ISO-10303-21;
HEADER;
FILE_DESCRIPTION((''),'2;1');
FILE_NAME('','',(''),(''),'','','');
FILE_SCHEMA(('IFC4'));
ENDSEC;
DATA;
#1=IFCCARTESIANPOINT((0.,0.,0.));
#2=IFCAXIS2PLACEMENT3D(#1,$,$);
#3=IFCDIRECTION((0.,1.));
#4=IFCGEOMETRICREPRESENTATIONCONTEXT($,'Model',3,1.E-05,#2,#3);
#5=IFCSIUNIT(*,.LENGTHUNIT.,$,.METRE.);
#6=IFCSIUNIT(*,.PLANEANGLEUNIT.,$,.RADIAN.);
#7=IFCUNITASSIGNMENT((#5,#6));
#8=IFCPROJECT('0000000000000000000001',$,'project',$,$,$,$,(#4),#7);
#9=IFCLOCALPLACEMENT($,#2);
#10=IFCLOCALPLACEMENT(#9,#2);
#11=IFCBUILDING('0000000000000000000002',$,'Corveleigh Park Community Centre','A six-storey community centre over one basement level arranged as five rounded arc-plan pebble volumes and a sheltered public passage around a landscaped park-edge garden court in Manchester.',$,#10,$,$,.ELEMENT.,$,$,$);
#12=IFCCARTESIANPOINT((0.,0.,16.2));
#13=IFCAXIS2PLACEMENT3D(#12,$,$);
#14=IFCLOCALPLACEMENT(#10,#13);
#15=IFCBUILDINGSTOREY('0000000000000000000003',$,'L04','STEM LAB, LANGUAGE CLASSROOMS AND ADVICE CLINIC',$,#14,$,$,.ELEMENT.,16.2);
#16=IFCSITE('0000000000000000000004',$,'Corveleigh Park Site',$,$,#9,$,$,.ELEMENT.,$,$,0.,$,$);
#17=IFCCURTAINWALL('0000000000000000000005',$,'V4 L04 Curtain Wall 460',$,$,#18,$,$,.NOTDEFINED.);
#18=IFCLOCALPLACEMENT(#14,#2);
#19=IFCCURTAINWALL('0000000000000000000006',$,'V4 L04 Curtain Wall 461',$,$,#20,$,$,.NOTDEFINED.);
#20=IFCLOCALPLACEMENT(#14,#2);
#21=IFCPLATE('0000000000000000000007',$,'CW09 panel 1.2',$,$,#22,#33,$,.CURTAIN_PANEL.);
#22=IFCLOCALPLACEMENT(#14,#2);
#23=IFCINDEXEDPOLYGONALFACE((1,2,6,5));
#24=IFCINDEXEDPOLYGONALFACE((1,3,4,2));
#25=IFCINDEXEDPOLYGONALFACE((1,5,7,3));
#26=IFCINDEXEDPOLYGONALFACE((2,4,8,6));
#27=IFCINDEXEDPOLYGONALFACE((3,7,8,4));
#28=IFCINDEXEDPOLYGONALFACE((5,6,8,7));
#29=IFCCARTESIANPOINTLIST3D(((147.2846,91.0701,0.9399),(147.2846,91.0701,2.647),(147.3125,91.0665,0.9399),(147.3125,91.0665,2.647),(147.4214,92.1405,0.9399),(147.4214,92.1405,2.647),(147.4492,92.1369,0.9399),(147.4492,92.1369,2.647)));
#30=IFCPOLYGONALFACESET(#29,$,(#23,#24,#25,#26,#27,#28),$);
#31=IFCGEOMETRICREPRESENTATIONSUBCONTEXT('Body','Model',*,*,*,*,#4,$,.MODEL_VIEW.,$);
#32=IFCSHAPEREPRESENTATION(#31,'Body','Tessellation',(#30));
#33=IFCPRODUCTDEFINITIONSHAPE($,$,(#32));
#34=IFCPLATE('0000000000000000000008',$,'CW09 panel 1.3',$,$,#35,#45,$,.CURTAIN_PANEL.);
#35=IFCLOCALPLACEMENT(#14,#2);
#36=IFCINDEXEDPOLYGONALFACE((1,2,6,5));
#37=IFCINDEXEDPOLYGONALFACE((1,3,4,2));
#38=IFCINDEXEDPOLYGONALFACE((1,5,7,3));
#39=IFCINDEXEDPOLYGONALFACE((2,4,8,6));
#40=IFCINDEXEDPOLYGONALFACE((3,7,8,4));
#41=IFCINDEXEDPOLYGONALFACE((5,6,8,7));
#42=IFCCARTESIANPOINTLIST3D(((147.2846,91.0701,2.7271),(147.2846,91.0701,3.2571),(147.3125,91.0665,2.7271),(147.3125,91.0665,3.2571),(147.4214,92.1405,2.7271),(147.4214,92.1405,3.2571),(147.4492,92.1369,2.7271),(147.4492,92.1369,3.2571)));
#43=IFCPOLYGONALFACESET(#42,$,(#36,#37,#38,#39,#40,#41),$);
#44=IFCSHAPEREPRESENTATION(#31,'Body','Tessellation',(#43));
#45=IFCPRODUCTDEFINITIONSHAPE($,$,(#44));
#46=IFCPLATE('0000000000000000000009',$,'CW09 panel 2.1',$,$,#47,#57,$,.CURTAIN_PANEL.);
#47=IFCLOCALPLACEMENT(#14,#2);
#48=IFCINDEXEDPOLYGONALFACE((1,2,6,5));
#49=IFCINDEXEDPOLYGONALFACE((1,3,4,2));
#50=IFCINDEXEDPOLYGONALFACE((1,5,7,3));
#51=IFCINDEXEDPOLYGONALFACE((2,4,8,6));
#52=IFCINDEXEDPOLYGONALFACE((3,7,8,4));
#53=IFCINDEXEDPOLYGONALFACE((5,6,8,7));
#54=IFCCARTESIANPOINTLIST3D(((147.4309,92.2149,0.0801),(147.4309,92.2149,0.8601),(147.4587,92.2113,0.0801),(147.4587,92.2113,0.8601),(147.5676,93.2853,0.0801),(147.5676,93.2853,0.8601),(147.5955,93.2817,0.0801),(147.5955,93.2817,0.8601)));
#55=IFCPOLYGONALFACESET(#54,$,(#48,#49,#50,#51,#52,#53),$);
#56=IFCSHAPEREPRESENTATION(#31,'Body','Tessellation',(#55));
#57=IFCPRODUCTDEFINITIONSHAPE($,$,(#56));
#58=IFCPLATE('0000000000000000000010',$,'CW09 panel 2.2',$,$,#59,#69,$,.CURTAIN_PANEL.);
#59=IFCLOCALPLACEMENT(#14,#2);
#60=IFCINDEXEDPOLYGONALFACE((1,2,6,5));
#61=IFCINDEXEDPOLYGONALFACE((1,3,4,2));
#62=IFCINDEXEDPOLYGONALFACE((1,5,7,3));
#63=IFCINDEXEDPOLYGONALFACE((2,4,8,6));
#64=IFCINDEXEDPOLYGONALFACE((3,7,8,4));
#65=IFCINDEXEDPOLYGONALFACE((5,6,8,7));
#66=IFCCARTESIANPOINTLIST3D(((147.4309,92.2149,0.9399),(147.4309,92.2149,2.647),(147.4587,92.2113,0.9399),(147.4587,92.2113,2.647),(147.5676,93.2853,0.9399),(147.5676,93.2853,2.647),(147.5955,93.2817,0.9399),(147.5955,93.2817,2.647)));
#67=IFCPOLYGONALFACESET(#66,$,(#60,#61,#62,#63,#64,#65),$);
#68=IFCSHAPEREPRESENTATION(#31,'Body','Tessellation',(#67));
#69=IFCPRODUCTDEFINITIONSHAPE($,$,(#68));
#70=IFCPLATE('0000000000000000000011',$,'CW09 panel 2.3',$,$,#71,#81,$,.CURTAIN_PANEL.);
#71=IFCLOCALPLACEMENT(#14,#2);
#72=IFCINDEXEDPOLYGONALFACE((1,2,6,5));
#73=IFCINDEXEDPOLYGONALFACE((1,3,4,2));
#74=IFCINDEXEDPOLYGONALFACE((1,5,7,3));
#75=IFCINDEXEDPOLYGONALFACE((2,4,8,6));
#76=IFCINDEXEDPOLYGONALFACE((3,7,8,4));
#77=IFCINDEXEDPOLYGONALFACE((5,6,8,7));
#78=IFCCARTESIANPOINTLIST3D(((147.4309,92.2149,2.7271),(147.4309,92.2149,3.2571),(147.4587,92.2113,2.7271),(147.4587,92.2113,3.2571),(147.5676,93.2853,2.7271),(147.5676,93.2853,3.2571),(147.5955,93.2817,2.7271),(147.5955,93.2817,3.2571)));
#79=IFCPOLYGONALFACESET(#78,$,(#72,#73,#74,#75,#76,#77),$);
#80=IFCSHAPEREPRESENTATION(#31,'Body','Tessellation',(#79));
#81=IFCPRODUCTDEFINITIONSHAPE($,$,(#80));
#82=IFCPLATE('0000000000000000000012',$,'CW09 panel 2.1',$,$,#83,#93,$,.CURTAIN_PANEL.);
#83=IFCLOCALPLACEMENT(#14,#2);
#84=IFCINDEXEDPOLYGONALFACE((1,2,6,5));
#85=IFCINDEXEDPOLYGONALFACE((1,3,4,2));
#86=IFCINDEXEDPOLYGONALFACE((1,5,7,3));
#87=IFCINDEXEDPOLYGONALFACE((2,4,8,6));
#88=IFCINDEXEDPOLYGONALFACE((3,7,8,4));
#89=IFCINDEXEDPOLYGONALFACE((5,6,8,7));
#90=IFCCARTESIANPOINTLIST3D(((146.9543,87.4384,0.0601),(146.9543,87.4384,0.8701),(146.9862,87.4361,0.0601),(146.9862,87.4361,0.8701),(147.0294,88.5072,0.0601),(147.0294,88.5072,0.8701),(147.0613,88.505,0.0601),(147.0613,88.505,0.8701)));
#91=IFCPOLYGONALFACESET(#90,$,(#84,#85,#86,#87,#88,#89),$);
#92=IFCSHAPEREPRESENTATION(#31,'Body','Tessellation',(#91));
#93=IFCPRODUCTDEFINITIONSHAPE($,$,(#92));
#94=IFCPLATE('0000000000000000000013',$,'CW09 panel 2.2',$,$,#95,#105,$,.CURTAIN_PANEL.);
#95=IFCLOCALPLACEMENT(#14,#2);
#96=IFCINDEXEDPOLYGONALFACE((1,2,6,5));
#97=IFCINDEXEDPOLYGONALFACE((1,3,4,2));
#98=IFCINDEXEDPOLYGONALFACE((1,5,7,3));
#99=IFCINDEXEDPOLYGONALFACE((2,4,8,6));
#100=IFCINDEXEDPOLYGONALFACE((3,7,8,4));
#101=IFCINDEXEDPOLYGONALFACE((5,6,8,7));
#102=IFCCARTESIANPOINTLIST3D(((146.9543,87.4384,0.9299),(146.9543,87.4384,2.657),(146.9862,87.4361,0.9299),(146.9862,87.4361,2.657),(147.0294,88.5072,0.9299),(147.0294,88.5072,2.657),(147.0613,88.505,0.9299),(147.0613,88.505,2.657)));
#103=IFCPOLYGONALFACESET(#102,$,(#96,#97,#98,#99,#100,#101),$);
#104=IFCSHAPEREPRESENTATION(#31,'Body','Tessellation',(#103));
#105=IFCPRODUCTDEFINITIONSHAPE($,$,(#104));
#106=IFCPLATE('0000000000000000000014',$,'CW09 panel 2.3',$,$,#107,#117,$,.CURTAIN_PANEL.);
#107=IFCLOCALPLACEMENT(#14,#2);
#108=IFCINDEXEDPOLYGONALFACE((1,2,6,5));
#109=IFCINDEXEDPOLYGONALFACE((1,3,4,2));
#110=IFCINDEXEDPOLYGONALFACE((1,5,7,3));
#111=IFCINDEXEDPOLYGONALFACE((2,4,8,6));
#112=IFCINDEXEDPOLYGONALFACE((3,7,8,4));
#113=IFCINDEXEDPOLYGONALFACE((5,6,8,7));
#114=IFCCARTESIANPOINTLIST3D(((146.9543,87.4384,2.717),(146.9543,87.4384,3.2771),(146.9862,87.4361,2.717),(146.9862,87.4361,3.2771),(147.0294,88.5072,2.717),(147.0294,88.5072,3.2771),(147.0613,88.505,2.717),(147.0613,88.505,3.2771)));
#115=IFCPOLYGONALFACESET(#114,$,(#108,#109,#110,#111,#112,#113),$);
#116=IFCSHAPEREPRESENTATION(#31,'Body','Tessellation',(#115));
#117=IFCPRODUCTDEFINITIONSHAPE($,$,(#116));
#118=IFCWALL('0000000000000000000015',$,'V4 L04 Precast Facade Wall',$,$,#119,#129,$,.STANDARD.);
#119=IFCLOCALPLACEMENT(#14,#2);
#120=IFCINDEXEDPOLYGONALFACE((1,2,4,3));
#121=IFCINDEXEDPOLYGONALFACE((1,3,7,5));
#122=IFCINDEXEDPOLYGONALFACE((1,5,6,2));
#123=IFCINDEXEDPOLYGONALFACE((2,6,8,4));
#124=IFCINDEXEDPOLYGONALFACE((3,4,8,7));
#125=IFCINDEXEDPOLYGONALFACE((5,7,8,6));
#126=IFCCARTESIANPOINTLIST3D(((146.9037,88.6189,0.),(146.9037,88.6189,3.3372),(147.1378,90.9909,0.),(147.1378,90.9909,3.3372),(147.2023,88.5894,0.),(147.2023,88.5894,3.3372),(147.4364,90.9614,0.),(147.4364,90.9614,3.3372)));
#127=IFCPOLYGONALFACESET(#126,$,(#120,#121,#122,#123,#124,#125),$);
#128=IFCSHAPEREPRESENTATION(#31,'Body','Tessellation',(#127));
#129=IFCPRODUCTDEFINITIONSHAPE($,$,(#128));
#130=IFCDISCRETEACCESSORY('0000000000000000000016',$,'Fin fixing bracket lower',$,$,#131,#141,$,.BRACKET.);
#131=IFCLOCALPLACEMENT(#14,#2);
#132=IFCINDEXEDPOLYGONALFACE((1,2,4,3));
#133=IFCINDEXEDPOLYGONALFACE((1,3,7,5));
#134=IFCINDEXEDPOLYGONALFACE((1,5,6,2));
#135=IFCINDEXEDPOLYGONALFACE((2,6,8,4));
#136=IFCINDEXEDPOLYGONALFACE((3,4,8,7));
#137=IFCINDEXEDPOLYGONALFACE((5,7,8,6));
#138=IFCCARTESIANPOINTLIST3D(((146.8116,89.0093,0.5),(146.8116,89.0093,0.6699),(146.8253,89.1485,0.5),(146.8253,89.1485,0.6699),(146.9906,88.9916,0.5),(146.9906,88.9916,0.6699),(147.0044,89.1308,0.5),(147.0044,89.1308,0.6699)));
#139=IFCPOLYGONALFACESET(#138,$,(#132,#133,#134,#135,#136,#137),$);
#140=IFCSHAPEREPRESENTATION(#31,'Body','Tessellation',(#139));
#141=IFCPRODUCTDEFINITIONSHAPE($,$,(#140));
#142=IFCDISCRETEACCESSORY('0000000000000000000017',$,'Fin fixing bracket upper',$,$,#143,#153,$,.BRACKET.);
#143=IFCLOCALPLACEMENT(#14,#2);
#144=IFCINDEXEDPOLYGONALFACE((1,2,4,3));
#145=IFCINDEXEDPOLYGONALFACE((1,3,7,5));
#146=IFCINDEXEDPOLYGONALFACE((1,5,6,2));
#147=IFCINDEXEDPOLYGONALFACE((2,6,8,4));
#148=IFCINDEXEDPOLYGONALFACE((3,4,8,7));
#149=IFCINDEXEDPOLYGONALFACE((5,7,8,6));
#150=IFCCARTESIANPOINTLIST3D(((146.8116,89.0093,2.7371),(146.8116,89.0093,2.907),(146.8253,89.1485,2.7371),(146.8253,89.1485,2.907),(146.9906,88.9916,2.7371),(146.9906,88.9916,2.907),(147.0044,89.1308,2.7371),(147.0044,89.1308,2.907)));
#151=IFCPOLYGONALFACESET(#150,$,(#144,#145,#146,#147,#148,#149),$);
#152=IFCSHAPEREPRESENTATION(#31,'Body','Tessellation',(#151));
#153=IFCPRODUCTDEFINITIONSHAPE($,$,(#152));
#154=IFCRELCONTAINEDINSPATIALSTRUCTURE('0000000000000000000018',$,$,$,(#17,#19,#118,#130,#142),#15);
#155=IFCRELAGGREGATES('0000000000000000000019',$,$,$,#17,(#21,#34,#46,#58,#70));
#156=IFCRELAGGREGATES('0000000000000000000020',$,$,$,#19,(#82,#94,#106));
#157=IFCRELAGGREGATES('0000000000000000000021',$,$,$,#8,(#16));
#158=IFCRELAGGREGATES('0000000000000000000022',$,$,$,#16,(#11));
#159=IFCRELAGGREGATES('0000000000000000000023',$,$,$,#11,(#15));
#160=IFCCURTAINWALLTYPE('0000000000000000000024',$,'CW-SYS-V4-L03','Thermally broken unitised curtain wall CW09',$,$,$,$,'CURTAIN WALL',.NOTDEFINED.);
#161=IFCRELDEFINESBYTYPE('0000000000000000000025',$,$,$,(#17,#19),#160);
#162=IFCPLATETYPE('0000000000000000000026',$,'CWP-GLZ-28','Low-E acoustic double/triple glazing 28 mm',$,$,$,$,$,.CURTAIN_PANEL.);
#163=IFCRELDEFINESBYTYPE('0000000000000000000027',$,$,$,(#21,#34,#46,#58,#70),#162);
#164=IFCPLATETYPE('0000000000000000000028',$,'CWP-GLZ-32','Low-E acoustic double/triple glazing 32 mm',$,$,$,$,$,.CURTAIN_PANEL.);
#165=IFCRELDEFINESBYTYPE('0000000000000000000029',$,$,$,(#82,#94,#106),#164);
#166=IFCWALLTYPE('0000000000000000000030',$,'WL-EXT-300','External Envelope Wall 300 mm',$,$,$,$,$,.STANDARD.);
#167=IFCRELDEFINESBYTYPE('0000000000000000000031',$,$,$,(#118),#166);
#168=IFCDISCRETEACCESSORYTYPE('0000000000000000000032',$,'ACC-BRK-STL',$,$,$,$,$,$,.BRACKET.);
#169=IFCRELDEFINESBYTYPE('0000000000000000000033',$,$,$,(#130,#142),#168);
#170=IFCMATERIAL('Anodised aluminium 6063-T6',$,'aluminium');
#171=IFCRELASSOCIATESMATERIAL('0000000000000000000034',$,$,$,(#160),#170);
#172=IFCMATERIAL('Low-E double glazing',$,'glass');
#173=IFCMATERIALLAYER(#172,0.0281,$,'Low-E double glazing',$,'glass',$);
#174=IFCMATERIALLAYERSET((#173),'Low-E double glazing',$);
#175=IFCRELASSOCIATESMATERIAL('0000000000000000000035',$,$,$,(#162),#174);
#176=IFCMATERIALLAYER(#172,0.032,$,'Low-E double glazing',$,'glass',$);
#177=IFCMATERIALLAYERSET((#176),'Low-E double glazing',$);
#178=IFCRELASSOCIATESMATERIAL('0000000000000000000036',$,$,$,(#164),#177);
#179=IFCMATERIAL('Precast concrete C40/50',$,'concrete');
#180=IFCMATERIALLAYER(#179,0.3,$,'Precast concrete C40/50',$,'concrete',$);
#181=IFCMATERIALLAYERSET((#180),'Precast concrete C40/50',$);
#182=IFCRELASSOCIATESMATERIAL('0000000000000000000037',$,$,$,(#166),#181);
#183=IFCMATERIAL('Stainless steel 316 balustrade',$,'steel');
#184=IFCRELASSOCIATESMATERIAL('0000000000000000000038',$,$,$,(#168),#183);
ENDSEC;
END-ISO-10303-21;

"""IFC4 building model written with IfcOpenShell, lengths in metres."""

from ifc_helpers import new_model, si_unit, direction, frame, frame_2d, origin, origin_2d, place, context, subcontext, project, spatial, rectangle, extrude, material, layer, layer_set, type_object, element, aggregate, save


model = new_model("IFC4")

# Units and contexts
model_context = context("Model", 3, precision=1e-05, world=origin(), true_north=direction((0.0, 1.0)))
body_context = subcontext(model_context, "Body", "Model", "MODEL_VIEW")
ifc_project = project(units=[si_unit("LENGTHUNIT", "METRE"), si_unit("PLANEANGLEUNIT", "RADIAN")], contexts=[model_context])

# Site, building, storey
site_placement = place(None, origin())
site = spatial("IfcSite", under=ifc_project, at=site_placement, Name="Corveleigh Park Site", CompositionType="ELEMENT", RefElevation=0.0)
building_placement = place(site_placement, origin())
building = spatial("IfcBuilding", under=site, at=building_placement, Name="Corveleigh Park Community Centre", Description="A six-storey community centre over one basement level arranged as five rounded arc-plan pebble volumes and a sheltered public passage around a landscaped park-edge garden court in Manchester.", CompositionType="ELEMENT")
storey_placement = place(building_placement, frame((0.0, 0.0, 16.2)))
storey = spatial("IfcBuildingStorey", under=building, at=storey_placement, Name="L04", Description="STEM LAB, LANGUAGE CLASSROOMS AND ADVICE CLINIC", CompositionType="ELEMENT", Elevation=16.2)

# Shared definitions
ifc_material_1 = material(Name="Anodised aluminium 6063-T6", Category="aluminium")
curtain_wall_type = type_object("IfcCurtainWallType", Name="CW-SYS-V4-L03", Description="Thermally broken unitised curtain wall CW09", ElementType="CURTAIN WALL", PredefinedType="NOTDEFINED", material=ifc_material_1)

# Curtain wall
curtain_wall_1_placement = place(storey_placement, origin())
curtain_wall_1 = element("IfcCurtainWall", 1, at=curtain_wall_1_placement, inside=storey, type_object=curtain_wall_type, Name="V4 L04 Curtain Wall 460", PredefinedType="NOTDEFINED")

# Curtain wall
curtain_wall_2_placement = place(storey_placement, origin())
curtain_wall_2 = element("IfcCurtainWall", 2, at=curtain_wall_2_placement, inside=storey, type_object=curtain_wall_type, Name="V4 L04 Curtain Wall 461", PredefinedType="NOTDEFINED")

# Plates
ifc_material_2 = material(Name="Low-E double glazing", Category="glass")
ifc_layer_1 = layer(ifc_material_2, 0.0281, Name="Low-E double glazing", Category="glass")
ifc_layer_set_1 = layer_set([ifc_layer_1], Name="Low-E double glazing")
plate_type_1 = type_object("IfcPlateType", Name="CWP-GLZ-28", Description="Low-E acoustic double/triple glazing 28 mm", PredefinedType="CURTAIN_PANEL", material=ifc_layer_set_1)
plate_1_placement = place(storey_placement, frame((147.3669, 91.6035, 0.9399), z_axis=(0.0, 0.0, 1.0), x_axis=(0.12672, 0.991939, 0.0)))
plate_1 = element("IfcPlate", 3, at=plate_1_placement, type_object=plate_type_1, Name="CW09 panel 1.2", PredefinedType="CURTAIN_PANEL", context=body_context, shape_type="SweptSolid", body=[
    extrude(rectangle(XDim=1.0791, YDim=0.0281, at=origin_2d()), origin(), (0.0, 0.0, 1.0), 1.707),
])
plate_2_placement = place(storey_placement, frame((147.3669, 91.6035, 2.7271), z_axis=(0.0, 0.0, 1.0), x_axis=(0.12672, 0.991939, 0.0)))
plate_2 = element("IfcPlate", 4, at=plate_2_placement, type_object=plate_type_1, Name="CW09 panel 1.3", PredefinedType="CURTAIN_PANEL", context=body_context, shape_type="SweptSolid", body=[
    extrude(rectangle(XDim=1.0791, YDim=0.0281, at=origin_2d()), origin(), (0.0, 0.0, 1.0), 0.53),
])
plate_3_placement = place(storey_placement, frame((147.5132, 92.7483, 0.0801), z_axis=(0.0, 0.0, 1.0), x_axis=(0.12672, 0.991939, 0.0)))
plate_3 = element("IfcPlate", 5, at=plate_3_placement, type_object=plate_type_1, Name="CW09 panel 2.1", PredefinedType="CURTAIN_PANEL", context=body_context, shape_type="SweptSolid", body=[
    extrude(rectangle(XDim=1.0791, YDim=0.0281, at=origin_2d()), origin(), (0.0, 0.0, 1.0), 0.78),
])
plate_4_placement = place(storey_placement, frame((147.5132, 92.7483, 0.9399), z_axis=(0.0, 0.0, 1.0), x_axis=(0.12672, 0.991939, 0.0)))
plate_4 = element("IfcPlate", 6, at=plate_4_placement, type_object=plate_type_1, Name="CW09 panel 2.2", PredefinedType="CURTAIN_PANEL", context=body_context, shape_type="SweptSolid", body=[
    extrude(rectangle(XDim=1.0791, YDim=0.0281, at=origin_2d()), origin(), (0.0, 0.0, 1.0), 1.707),
])
plate_5_placement = place(storey_placement, frame((147.5132, 92.7483, 2.7271), z_axis=(0.0, 0.0, 1.0), x_axis=(0.12672, 0.991939, 0.0)))
plate_5 = element("IfcPlate", 7, at=plate_5_placement, type_object=plate_type_1, Name="CW09 panel 2.3", PredefinedType="CURTAIN_PANEL", context=body_context, shape_type="SweptSolid", body=[
    extrude(rectangle(XDim=1.0791, YDim=0.0281, at=origin_2d()), origin(), (0.0, 0.0, 1.0), 0.53),
])
aggregate(curtain_wall_1, [plate_1, plate_2, plate_3, plate_4, plate_5])
ifc_layer_2 = layer(ifc_material_2, 0.032, Name="Low-E double glazing", Category="glass")
ifc_layer_set_2 = layer_set([ifc_layer_2], Name="Low-E double glazing")
plate_type_2 = type_object("IfcPlateType", Name="CWP-GLZ-32", Description="Low-E acoustic double/triple glazing 32 mm", PredefinedType="CURTAIN_PANEL", material=ifc_layer_set_2)
plate_6_placement = place(storey_placement, frame((147.0078, 87.9717, 0.0601), z_axis=(0.0, 0.0, 1.0), x_axis=(0.070084, 0.997541, 0.0)))
plate_6 = element("IfcPlate", 8, at=plate_6_placement, type_object=plate_type_2, Name="CW09 panel 2.1", PredefinedType="CURTAIN_PANEL", context=body_context, shape_type="SweptSolid", body=[
    extrude(rectangle(XDim=1.0715, YDim=0.032, at=origin_2d()), origin(), (0.0, 0.0, 1.0), 0.8101),
])
plate_7_placement = place(storey_placement, frame((147.0078, 87.9717, 0.9299), z_axis=(0.0, 0.0, 1.0), x_axis=(0.070084, 0.997541, 0.0)))
plate_7 = element("IfcPlate", 9, at=plate_7_placement, type_object=plate_type_2, Name="CW09 panel 2.2", PredefinedType="CURTAIN_PANEL", context=body_context, shape_type="SweptSolid", body=[
    extrude(rectangle(XDim=1.0715, YDim=0.032, at=origin_2d()), origin(), (0.0, 0.0, 1.0), 1.7271),
])
plate_8_placement = place(storey_placement, frame((147.0078, 87.9717, 2.717), z_axis=(0.0, 0.0, 1.0), x_axis=(0.070084, 0.997541, 0.0)))
plate_8 = element("IfcPlate", 10, at=plate_8_placement, type_object=plate_type_2, Name="CW09 panel 2.3", PredefinedType="CURTAIN_PANEL", context=body_context, shape_type="SweptSolid", body=[
    extrude(rectangle(XDim=1.0715, YDim=0.032, at=origin_2d()), origin(), (0.0, 0.0, 1.0), 0.5601),
])
aggregate(curtain_wall_2, [plate_6, plate_7, plate_8])

# Wall
ifc_material_3 = material(Name="Precast concrete C40/50", Category="concrete")
ifc_layer_3 = layer(ifc_material_3, 0.3, Name="Precast concrete C40/50", Category="concrete")
ifc_layer_set_3 = layer_set([ifc_layer_3], Name="Precast concrete C40/50")
wall_type_1 = type_object("IfcWallType", Name="WL-EXT-300", Description="External Envelope Wall 300 mm", PredefinedType="STANDARD", material=ifc_layer_set_3)
wall_1_placement = place(storey_placement, frame((147.053, 88.604, 0.0), z_axis=(0.0, 0.0, 1.0), x_axis=(0.098226, 0.995164, 0.0)))
element("IfcWall", 11, at=wall_1_placement, inside=storey, type_object=wall_type_1, Name="V4 L04 Precast Facade Wall", PredefinedType="STANDARD", context=body_context, shape_type="SweptSolid", body=[
    extrude(rectangle(XDim=2.3835, YDim=0.3, at=frame_2d((1.1919, 0.0))), origin(), (0.0, 0.0, 1.0), 3.3372),
])

# Discrete accessories
ifc_material_4 = material(Name="Stainless steel 316 balustrade", Category="steel")
discrete_accessory_type = type_object("IfcDiscreteAccessoryType", Name="ACC-BRK-STL", PredefinedType="BRACKET", material=ifc_material_4)
for number, where, z_axis, x_axis, name in (
    (12, (146.908, 89.0701, 0.5), (0.0, 0.0, 1.0), (-0.995169, 0.098174, 0.0), "Fin fixing bracket lower"),
    (13, (146.908, 89.0701, 2.7371), (0.0, 0.0, 1.0), (-0.995169, 0.098174, 0.0), "Fin fixing bracket upper"),
):
    element("IfcDiscreteAccessory", number, at=place(storey_placement, frame(where, z_axis=z_axis, x_axis=x_axis)), inside=storey, type_object=discrete_accessory_type, Name=name, PredefinedType="BRACKET", context=body_context, shape_type="SweptSolid", body=[
        extrude(rectangle(XDim=0.1799, YDim=0.1399, at=origin_2d()), origin(), (0.0, 0.0, 1.0), 0.1699),
    ])

save(model, "model.ifc")
